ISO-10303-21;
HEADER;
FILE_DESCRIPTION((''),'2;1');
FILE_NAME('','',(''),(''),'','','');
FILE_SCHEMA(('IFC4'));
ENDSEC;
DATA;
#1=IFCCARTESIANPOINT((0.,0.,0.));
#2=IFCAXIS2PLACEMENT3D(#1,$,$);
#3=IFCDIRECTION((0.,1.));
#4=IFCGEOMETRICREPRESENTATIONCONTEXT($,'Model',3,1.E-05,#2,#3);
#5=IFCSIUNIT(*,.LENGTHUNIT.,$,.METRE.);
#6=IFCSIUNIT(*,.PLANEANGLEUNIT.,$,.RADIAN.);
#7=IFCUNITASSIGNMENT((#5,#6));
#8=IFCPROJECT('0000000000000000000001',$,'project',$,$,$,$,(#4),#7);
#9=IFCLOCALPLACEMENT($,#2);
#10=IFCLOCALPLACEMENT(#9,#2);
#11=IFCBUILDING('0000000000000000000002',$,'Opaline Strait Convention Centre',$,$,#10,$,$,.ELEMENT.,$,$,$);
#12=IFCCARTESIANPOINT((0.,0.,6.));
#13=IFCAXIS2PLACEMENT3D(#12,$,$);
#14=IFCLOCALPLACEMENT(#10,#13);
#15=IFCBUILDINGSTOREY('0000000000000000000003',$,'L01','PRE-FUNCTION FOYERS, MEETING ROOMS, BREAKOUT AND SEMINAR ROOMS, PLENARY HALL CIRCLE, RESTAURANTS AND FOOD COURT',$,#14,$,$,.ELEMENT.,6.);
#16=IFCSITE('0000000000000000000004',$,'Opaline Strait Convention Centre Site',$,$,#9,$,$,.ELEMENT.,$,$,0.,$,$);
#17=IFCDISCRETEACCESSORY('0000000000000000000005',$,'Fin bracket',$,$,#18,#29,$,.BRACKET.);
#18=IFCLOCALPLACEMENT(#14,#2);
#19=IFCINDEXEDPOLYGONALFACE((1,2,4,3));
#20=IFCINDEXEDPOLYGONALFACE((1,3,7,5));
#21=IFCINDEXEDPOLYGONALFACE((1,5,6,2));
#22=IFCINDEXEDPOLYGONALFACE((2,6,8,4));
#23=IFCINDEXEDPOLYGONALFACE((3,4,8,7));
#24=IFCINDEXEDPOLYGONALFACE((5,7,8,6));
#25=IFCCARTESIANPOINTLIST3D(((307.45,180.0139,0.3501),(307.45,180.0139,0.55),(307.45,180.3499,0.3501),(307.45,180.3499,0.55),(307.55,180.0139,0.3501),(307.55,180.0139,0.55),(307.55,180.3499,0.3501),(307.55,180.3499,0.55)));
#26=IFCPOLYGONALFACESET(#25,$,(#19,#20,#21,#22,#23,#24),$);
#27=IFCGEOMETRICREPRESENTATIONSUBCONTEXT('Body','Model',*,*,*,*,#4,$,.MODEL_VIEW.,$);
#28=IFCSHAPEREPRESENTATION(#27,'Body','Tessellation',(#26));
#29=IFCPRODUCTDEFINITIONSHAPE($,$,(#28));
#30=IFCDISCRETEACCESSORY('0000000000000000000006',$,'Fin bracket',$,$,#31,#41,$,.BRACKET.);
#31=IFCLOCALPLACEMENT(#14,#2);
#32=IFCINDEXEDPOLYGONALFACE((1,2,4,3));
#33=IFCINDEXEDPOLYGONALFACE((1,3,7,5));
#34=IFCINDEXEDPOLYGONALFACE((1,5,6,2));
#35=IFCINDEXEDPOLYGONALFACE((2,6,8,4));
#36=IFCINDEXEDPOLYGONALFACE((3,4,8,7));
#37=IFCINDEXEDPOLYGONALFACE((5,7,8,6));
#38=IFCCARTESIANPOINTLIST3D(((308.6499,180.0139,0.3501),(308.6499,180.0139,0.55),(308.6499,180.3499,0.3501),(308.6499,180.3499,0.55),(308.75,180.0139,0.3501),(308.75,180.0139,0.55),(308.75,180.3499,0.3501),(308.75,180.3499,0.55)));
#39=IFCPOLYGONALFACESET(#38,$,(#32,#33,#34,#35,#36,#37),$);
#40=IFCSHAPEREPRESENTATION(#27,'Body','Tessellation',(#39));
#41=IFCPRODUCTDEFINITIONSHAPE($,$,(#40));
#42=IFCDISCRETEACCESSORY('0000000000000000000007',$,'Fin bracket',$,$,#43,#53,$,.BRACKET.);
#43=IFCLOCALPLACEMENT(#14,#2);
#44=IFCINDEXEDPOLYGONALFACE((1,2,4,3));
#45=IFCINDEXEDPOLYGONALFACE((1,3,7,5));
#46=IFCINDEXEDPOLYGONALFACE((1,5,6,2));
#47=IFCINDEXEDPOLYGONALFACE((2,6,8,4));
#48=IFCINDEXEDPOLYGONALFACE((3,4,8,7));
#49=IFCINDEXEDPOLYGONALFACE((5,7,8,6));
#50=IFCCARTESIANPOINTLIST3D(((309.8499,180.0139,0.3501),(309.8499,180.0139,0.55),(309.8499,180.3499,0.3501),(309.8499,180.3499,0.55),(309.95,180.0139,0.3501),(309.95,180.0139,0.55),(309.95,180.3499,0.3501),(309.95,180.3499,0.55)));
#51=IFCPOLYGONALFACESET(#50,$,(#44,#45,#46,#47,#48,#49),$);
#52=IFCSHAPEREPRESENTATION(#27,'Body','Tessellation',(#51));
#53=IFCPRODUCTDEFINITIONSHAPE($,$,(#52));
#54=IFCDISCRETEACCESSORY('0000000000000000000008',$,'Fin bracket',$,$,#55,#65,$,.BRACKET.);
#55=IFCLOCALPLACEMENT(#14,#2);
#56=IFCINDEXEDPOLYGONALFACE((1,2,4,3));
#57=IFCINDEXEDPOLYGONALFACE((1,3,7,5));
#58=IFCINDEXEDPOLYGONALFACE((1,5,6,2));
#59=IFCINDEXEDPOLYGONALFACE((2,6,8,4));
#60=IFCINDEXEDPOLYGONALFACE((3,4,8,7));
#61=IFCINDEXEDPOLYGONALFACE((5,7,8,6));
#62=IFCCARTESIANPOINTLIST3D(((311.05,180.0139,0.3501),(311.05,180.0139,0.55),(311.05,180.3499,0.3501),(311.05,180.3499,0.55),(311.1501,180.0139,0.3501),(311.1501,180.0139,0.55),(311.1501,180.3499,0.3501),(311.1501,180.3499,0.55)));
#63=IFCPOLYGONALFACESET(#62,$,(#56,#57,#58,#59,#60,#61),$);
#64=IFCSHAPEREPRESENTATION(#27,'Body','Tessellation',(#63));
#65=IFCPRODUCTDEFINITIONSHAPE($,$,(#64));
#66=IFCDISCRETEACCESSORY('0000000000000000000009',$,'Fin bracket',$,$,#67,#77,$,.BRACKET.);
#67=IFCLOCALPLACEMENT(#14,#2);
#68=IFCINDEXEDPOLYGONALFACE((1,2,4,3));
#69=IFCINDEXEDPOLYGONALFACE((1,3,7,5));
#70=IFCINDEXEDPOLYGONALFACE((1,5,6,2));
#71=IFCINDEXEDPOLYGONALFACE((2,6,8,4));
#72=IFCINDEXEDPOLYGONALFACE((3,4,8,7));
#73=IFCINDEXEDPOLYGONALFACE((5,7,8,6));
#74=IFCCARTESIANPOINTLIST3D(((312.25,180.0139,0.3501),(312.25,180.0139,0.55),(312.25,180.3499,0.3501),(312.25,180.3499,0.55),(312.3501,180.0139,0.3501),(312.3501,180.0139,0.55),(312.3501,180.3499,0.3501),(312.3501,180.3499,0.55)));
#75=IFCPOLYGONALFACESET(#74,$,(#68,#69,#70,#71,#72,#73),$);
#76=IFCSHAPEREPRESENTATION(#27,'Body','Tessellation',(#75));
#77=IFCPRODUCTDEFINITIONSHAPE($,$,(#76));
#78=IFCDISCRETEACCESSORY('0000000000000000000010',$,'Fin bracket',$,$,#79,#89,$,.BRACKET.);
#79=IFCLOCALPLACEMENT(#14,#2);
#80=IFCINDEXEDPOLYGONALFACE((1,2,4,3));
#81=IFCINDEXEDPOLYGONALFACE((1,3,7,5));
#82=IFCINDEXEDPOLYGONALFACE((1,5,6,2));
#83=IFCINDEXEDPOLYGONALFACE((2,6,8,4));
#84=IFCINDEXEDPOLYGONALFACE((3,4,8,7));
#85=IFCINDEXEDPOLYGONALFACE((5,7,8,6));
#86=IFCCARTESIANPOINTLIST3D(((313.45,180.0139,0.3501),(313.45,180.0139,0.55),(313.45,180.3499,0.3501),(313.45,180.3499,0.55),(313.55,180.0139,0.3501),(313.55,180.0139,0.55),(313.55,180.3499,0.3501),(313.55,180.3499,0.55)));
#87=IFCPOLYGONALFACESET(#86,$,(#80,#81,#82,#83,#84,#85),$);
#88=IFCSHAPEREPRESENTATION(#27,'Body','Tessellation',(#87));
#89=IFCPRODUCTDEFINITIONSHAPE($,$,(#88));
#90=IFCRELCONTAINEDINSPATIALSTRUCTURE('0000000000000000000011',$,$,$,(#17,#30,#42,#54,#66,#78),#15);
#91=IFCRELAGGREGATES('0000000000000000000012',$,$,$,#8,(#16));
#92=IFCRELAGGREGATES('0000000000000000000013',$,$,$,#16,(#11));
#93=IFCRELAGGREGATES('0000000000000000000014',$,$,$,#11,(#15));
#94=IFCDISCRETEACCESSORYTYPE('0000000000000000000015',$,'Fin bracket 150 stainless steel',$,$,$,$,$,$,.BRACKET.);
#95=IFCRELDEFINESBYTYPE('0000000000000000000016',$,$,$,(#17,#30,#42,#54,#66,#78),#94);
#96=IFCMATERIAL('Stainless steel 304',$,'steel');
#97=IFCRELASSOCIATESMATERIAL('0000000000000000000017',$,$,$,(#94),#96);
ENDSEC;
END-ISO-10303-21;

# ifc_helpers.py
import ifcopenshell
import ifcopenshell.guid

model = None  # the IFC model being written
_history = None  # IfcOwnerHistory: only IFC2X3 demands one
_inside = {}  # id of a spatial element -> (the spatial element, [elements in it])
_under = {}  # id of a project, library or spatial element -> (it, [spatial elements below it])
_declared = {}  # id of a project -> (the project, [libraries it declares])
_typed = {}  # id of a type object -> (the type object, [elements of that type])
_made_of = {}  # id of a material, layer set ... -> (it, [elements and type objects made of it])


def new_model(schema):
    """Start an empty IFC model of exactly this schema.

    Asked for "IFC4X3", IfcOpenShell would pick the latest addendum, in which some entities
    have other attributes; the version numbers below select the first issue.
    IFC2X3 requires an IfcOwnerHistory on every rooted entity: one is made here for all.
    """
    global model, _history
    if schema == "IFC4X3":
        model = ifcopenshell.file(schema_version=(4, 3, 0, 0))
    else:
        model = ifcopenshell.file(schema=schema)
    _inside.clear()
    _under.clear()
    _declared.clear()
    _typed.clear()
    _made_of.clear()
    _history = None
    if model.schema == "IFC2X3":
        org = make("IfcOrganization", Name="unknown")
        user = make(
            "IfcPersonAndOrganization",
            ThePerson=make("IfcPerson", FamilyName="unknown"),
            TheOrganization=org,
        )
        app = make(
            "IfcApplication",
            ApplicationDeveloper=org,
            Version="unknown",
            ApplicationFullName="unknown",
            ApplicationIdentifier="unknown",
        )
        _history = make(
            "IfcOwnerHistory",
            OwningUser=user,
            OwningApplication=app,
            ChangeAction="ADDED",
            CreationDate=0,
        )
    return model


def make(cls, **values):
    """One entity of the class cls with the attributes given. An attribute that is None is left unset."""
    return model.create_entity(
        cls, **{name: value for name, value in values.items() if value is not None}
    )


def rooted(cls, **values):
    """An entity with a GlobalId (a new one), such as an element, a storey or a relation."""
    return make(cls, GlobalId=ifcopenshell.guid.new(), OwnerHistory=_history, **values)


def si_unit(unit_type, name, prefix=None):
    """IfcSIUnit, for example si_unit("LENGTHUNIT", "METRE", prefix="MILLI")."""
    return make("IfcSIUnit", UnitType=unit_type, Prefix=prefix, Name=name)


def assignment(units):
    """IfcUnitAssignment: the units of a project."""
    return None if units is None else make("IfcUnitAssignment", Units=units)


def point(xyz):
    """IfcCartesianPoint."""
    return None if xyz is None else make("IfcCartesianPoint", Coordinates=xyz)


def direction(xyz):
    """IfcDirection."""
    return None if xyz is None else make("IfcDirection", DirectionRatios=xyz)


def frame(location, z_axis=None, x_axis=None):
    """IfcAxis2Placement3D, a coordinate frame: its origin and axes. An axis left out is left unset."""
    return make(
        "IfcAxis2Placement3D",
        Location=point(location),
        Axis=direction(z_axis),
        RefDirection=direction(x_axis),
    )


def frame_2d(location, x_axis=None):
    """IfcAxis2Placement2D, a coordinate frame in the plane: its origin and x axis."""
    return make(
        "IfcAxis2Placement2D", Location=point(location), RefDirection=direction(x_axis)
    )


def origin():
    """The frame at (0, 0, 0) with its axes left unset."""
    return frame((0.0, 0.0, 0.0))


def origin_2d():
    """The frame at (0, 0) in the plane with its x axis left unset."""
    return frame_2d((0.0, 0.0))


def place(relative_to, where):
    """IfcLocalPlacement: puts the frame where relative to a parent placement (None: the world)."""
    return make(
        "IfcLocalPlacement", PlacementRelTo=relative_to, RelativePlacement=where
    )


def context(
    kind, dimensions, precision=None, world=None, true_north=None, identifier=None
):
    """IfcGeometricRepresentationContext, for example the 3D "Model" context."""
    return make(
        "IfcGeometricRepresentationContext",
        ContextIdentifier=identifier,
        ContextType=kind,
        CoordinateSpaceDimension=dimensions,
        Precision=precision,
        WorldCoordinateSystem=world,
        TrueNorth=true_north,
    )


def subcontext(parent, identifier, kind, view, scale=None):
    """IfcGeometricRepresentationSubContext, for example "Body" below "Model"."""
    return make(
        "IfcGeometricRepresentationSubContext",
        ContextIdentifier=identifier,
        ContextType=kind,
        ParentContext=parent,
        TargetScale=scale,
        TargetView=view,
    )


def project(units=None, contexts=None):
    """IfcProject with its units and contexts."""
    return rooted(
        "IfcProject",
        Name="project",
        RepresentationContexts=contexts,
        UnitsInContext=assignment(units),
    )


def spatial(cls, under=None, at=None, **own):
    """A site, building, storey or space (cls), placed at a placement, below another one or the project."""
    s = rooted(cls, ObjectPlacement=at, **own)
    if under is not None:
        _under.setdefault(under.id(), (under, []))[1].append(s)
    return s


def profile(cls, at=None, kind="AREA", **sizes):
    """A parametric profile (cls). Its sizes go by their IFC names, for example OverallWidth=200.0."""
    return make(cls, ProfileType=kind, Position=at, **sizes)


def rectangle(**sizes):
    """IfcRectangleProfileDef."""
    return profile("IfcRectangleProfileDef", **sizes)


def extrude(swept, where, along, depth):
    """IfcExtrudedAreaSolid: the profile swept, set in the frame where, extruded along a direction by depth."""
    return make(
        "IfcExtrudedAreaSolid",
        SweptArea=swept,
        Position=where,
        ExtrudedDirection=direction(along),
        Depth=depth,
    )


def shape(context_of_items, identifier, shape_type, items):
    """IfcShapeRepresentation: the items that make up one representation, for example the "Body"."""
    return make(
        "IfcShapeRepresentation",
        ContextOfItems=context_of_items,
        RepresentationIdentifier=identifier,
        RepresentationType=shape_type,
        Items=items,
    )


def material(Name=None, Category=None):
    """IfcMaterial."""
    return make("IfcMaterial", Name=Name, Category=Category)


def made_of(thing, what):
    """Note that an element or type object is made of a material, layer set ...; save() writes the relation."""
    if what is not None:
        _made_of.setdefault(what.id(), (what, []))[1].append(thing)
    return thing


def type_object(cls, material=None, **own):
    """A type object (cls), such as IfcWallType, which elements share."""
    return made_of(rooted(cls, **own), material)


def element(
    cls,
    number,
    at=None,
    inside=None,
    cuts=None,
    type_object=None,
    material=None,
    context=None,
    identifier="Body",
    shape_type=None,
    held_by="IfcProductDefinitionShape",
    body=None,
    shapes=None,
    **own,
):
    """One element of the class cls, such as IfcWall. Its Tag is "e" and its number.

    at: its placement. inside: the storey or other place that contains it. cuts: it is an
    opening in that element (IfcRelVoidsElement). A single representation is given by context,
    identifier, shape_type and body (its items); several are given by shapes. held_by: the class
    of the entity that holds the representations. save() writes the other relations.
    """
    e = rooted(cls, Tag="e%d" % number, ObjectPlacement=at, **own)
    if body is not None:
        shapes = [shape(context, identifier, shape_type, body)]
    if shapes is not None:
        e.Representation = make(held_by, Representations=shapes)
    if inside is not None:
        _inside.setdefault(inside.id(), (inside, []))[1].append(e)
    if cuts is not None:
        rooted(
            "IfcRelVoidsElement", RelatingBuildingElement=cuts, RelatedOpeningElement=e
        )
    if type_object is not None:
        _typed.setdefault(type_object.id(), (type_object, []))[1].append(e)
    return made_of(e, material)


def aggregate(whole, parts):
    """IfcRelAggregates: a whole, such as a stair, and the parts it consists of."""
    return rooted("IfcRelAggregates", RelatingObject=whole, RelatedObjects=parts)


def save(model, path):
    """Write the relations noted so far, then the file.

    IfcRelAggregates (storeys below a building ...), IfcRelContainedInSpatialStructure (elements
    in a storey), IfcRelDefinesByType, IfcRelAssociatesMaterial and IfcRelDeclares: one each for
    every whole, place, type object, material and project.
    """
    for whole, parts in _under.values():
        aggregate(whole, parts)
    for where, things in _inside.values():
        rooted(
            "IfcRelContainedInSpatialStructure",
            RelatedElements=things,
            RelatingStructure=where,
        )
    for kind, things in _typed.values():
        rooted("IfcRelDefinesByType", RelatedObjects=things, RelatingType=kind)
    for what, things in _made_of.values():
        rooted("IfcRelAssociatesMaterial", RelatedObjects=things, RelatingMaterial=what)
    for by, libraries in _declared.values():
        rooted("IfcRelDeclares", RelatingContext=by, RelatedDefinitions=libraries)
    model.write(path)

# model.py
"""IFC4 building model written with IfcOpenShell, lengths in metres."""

from ifc_helpers import new_model, si_unit, direction, frame, origin, origin_2d, place, context, subcontext, project, spatial, rectangle, extrude, material, type_object, element, save


model = new_model("IFC4")

# Units and contexts
model_context = context("Model", 3, precision=1e-05, world=origin(), true_north=direction((0.0, 1.0)))
body_context = subcontext(model_context, "Body", "Model", "MODEL_VIEW")
ifc_project = project(units=[si_unit("LENGTHUNIT", "METRE"), si_unit("PLANEANGLEUNIT", "RADIAN")], contexts=[model_context])

# Site, building, storey
site_placement = place(None, origin())
site = spatial("IfcSite", under=ifc_project, at=site_placement, Name="Opaline Strait Convention Centre Site", CompositionType="ELEMENT", RefElevation=0.0)
building_placement = place(site_placement, origin())
building = spatial("IfcBuilding", under=site, at=building_placement, Name="Opaline Strait Convention Centre", CompositionType="ELEMENT")
storey_placement = place(building_placement, frame((0.0, 0.0, 6.0)))
storey = spatial("IfcBuildingStorey", under=building, at=storey_placement, Name="L01", Description="PRE-FUNCTION FOYERS, MEETING ROOMS, BREAKOUT AND SEMINAR ROOMS, PLENARY HALL CIRCLE, RESTAURANTS AND FOOD COURT", CompositionType="ELEMENT", Elevation=6.0)

# Discrete accessories
ifc_material_1 = material(Name="Stainless steel 304", Category="steel")
discrete_accessory_type = type_object("IfcDiscreteAccessoryType", Name="Fin bracket 150 stainless steel", PredefinedType="BRACKET", material=ifc_material_1)
for number, where, z_axis, x_axis, name in (
    (1, (307.5, 180.1819, 0.3501), (0.0, 0.0, 1.0), (1.0, 0.0, 0.0), "Fin bracket"),
    (2, (308.7, 180.1819, 0.3501), (0.0, 0.0, 1.0), (1.0, 0.0, 0.0), "Fin bracket"),
    (3, (309.8999, 180.1819, 0.3501), (0.0, 0.0, 1.0), (1.0, 0.0, 0.0), "Fin bracket"),
    (4, (311.1001, 180.1819, 0.3501), (0.0, 0.0, 1.0), (1.0, 0.0, 0.0), "Fin bracket"),
    (5, (312.3, 180.1819, 0.3501), (0.0, 0.0, 1.0), (1.0, 0.0, 0.0), "Fin bracket"),
    (6, (313.5, 180.1819, 0.3501), (0.0, 0.0, 1.0), (1.0, 0.0, 0.0), "Fin bracket"),
):
    element("IfcDiscreteAccessory", number, at=place(storey_placement, frame(where, z_axis=z_axis, x_axis=x_axis)), inside=storey, type_object=discrete_accessory_type, Name=name, PredefinedType="BRACKET", context=body_context, shape_type="SweptSolid", body=[
        extrude(rectangle(XDim=0.1001, YDim=0.3359, at=origin_2d()), origin(), (0.0, 0.0, 1.0), 0.2),
    ])

save(model, "model.ifc")
